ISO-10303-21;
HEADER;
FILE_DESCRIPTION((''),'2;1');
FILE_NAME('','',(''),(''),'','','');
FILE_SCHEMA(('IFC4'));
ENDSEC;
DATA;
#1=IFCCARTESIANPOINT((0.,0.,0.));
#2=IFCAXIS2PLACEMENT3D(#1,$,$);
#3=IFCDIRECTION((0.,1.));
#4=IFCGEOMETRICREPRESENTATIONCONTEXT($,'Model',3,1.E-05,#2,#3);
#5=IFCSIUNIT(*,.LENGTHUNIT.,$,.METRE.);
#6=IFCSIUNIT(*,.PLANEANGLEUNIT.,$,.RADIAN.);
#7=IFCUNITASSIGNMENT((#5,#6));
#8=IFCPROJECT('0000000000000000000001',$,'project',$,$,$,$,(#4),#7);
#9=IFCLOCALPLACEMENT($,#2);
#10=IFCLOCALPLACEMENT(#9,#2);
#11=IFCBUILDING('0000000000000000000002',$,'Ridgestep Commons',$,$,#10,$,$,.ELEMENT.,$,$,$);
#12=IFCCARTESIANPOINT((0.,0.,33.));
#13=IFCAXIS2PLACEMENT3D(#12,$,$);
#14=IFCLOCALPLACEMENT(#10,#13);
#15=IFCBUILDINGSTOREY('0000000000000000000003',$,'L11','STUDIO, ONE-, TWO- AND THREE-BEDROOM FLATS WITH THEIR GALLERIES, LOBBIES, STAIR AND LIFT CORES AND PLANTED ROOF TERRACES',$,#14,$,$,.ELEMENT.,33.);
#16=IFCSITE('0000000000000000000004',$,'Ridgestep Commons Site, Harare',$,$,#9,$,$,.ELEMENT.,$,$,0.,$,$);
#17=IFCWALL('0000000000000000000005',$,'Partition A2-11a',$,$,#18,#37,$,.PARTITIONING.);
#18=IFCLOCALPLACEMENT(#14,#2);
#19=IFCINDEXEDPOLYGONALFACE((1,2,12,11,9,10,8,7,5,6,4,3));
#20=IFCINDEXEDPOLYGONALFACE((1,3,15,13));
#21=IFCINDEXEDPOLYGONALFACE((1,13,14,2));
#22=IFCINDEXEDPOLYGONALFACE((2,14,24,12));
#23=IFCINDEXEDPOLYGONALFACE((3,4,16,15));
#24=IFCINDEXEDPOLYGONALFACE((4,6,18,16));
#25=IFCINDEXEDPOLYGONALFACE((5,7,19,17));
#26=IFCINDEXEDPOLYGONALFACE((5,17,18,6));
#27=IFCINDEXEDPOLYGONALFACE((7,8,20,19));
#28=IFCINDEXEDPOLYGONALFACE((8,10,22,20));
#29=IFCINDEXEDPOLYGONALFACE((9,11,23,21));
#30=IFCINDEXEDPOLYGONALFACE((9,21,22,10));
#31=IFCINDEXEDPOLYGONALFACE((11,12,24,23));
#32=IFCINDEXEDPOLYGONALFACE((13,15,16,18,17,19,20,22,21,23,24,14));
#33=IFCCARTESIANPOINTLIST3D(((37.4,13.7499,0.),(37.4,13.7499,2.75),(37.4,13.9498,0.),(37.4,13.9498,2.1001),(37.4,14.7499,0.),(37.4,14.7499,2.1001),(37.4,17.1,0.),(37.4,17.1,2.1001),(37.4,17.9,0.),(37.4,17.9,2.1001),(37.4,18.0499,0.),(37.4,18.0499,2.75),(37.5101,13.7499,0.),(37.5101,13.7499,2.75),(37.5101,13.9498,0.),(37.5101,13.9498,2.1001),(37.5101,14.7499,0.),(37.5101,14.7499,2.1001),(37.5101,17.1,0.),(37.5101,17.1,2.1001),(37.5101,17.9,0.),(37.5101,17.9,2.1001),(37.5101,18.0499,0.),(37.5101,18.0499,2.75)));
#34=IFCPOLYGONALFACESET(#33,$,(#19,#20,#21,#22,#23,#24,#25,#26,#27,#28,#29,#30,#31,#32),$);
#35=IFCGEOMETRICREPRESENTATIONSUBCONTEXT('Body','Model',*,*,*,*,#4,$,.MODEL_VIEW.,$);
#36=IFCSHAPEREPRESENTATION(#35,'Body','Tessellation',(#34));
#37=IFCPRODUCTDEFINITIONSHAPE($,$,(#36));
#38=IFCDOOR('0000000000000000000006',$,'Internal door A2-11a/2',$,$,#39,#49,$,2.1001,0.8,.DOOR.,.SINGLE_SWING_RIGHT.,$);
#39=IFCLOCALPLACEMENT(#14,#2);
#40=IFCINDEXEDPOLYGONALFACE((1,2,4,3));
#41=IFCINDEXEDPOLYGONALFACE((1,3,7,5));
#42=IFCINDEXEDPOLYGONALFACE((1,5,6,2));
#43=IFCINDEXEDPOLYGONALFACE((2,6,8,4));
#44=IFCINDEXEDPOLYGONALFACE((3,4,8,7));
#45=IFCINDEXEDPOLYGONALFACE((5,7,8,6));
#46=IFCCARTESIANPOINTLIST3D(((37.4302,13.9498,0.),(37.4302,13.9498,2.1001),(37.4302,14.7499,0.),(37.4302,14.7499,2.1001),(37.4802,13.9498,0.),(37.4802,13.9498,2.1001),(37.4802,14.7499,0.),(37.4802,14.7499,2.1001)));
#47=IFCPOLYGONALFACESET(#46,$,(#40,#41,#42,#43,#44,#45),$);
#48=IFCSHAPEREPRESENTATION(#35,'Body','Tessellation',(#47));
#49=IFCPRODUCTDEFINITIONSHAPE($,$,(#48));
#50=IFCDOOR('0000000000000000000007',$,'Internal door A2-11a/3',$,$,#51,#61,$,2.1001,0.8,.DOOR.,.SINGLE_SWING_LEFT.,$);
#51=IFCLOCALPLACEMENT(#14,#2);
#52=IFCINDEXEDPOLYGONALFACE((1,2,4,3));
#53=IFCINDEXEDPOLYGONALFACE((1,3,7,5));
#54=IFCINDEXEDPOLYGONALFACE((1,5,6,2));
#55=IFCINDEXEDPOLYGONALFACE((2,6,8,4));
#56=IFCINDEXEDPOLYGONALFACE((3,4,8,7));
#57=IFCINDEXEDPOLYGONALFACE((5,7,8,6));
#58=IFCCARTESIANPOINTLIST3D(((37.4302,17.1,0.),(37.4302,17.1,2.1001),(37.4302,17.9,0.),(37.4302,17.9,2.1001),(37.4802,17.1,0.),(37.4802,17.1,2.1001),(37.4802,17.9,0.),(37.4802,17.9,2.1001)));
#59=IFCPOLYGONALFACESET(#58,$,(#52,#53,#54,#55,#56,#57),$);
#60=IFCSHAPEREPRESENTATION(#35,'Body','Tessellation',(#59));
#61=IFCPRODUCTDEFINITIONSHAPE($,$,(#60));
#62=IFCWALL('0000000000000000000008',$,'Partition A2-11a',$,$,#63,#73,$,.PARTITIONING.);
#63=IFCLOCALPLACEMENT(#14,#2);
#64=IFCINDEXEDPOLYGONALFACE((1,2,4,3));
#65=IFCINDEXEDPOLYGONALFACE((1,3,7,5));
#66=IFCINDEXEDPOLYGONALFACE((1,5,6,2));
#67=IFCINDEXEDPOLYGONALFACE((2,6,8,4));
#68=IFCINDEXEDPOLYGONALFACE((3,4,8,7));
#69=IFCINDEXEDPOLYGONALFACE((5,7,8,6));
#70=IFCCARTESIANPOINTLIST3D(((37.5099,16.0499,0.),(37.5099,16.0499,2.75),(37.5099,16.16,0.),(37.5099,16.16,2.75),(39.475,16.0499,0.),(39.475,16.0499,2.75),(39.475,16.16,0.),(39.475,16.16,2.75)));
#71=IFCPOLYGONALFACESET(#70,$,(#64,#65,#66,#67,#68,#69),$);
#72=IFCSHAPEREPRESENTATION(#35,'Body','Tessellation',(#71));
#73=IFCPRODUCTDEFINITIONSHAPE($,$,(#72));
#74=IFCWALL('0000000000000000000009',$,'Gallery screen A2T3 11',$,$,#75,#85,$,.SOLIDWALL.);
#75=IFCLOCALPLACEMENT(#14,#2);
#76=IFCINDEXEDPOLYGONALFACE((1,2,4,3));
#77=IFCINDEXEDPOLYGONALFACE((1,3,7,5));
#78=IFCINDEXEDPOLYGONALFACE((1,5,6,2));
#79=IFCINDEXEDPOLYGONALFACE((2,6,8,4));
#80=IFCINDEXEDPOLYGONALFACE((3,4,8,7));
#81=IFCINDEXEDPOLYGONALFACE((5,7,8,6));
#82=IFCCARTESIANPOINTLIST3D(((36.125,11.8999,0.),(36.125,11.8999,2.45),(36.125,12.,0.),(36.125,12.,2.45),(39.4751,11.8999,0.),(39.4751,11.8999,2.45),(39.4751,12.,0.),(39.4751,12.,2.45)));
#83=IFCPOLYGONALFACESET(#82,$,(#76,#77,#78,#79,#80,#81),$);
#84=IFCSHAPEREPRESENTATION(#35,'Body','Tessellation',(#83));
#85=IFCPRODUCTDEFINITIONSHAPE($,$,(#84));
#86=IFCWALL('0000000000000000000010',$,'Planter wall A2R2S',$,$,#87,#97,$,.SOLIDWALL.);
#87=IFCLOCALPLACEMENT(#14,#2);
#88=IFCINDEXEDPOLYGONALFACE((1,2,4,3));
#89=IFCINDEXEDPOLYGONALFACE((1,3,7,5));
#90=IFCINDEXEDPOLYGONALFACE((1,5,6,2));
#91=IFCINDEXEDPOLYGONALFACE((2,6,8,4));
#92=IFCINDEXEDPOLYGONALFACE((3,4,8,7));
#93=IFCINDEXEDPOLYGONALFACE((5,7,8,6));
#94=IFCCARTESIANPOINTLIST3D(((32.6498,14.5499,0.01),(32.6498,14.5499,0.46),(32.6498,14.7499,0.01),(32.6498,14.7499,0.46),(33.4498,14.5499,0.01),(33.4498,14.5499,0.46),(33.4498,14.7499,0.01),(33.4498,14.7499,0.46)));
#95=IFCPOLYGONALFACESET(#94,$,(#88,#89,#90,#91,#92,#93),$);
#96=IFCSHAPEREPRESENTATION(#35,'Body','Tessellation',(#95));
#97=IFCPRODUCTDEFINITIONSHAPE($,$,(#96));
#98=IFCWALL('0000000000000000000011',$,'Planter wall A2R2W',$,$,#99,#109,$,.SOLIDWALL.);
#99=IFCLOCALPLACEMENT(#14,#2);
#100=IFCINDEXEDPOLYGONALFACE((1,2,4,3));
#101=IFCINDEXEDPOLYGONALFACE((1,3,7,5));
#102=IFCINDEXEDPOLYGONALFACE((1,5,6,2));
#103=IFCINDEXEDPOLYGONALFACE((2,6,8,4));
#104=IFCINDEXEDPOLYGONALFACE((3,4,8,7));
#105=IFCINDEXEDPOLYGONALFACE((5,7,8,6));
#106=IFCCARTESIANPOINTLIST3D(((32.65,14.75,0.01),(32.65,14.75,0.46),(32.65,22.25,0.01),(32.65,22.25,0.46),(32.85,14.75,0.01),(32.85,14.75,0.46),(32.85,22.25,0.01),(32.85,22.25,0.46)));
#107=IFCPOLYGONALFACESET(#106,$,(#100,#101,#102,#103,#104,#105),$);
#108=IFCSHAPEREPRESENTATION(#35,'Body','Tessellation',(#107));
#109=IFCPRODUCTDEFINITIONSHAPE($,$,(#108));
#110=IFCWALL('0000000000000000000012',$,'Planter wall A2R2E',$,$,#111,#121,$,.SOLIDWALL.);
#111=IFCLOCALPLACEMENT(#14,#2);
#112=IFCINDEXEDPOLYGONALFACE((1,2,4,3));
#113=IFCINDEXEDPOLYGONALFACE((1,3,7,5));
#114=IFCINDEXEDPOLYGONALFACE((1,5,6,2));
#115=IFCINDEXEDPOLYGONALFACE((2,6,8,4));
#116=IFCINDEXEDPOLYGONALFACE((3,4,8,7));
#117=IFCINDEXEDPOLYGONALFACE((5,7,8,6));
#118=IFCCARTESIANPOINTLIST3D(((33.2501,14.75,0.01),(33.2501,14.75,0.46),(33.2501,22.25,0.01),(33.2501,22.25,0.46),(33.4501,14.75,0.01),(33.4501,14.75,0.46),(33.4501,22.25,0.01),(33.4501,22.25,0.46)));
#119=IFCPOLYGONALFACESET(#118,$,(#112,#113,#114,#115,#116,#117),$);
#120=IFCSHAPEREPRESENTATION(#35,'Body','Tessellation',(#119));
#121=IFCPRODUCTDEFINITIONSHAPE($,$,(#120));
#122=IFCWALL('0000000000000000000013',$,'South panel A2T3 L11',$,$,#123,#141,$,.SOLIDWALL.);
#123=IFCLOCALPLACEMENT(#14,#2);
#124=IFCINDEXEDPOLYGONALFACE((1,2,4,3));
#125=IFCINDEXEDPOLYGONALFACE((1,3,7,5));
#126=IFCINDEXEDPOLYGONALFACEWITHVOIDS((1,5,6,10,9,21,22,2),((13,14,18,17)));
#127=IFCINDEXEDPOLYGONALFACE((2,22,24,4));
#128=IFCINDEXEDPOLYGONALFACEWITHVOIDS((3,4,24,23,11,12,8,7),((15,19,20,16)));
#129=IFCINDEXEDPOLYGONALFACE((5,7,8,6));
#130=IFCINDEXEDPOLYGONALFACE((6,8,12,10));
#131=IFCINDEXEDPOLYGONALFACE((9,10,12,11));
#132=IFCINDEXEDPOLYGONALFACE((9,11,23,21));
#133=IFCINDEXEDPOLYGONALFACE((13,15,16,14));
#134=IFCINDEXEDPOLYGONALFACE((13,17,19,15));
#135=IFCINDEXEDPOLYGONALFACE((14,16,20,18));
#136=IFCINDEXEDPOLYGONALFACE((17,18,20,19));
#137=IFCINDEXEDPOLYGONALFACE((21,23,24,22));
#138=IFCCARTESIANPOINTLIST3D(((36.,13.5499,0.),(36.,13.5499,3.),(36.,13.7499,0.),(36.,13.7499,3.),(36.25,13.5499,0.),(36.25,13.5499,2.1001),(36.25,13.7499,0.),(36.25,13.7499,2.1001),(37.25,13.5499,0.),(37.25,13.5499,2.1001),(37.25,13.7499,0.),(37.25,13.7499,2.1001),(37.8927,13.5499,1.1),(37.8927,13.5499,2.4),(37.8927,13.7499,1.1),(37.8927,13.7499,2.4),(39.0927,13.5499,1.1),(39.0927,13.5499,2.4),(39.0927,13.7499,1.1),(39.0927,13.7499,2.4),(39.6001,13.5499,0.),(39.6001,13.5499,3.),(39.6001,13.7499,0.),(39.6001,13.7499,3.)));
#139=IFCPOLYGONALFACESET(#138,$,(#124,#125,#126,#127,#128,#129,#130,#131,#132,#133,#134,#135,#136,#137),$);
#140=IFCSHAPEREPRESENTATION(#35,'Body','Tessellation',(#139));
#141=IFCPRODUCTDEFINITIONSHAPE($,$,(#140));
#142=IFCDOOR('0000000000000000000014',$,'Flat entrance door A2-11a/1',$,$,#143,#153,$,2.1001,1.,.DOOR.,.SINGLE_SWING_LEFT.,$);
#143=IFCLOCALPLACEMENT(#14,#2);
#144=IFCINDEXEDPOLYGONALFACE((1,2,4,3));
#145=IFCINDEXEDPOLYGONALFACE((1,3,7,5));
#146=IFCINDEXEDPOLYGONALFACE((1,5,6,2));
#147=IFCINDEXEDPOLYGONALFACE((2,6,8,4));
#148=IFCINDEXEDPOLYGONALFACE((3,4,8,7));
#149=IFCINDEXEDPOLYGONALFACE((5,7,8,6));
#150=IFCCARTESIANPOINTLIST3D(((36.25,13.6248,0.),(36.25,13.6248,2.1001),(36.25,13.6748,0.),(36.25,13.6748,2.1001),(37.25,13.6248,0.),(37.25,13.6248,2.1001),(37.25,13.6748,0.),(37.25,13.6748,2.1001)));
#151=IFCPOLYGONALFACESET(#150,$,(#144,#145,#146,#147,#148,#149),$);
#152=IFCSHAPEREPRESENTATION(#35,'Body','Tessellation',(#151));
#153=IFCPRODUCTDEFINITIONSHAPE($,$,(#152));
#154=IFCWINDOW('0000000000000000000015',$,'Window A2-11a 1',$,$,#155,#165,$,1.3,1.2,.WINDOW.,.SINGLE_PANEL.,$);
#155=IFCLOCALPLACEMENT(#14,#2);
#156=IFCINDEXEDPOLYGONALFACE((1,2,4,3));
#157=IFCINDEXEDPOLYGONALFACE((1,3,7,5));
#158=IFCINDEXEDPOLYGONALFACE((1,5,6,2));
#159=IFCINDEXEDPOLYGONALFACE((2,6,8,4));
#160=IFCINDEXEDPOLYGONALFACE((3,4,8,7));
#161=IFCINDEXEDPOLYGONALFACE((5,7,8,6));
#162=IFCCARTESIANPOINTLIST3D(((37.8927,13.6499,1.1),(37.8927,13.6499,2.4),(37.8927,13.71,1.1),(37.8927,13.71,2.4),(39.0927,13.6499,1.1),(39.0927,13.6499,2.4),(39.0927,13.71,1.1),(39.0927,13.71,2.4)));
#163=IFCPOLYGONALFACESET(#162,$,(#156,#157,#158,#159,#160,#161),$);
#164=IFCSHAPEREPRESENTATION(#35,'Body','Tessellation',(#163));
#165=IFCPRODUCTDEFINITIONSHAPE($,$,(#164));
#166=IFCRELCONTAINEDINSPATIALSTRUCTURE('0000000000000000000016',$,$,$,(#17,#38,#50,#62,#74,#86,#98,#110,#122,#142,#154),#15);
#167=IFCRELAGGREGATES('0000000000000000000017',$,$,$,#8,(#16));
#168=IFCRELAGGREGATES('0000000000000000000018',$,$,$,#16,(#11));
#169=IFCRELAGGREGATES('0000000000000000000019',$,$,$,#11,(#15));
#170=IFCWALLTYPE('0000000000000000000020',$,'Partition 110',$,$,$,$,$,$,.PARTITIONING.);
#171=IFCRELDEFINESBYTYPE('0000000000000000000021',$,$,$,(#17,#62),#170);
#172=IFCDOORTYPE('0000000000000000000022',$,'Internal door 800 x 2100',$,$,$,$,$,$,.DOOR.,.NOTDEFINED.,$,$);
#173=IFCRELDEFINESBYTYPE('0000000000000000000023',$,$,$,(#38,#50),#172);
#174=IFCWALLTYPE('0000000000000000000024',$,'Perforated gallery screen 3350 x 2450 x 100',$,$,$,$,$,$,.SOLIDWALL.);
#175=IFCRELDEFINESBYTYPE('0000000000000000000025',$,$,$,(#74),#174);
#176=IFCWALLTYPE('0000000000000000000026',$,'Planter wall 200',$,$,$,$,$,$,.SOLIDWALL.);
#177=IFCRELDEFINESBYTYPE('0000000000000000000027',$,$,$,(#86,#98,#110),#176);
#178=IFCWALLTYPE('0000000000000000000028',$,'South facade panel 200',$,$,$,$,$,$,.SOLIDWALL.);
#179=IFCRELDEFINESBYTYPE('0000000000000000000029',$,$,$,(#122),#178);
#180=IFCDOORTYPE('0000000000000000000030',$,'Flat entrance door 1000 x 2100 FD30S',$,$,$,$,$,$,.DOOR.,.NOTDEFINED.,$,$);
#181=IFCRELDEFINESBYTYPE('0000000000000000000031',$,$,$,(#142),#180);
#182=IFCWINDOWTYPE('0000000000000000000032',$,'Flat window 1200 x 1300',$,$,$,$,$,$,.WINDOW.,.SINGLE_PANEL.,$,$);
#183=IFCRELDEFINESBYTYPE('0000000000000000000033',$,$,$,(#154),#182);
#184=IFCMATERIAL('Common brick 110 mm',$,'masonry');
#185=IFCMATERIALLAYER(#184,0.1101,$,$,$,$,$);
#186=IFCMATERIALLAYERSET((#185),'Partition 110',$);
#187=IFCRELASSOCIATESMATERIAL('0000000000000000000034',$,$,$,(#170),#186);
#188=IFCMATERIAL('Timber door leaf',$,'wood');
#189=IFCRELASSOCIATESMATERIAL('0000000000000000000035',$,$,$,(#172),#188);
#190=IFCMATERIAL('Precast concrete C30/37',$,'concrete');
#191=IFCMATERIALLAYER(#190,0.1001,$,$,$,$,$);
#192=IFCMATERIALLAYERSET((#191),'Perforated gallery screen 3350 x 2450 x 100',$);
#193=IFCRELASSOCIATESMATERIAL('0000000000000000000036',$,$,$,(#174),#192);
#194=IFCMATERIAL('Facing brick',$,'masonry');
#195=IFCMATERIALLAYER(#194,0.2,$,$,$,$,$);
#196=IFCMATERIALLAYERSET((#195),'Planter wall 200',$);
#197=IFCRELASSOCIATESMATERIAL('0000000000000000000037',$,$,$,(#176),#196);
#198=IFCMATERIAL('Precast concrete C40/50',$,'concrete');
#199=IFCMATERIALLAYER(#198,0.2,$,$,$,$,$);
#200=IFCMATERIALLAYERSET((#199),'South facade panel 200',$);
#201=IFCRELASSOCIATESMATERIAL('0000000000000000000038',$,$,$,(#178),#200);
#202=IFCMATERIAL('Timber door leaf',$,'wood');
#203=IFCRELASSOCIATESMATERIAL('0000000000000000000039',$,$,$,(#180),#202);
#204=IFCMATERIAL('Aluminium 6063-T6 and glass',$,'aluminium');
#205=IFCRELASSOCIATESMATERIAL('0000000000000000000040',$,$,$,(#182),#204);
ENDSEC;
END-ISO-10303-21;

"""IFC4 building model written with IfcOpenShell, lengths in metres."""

from ifc_helpers import new_model, si_unit, direction, frame, frame_2d, origin, place, context, subcontext, project, spatial, rectangle, extrude, material, layer, layer_set, type_object, element, fill, save


model = new_model("IFC4")

# Units and contexts
model_context = context("Model", 3, precision=1e-05, world=origin(), true_north=direction((0.0, 1.0)))
body_context = subcontext(model_context, "Body", "Model", "MODEL_VIEW")
ifc_project = project(units=[si_unit("LENGTHUNIT", "METRE"), si_unit("PLANEANGLEUNIT", "RADIAN")], contexts=[model_context])

# Site, building, storey
site_placement = place(None, origin())
site = spatial("IfcSite", under=ifc_project, at=site_placement, Name="Ridgestep Commons Site, Harare", CompositionType="ELEMENT", RefElevation=0.0)
building_placement = place(site_placement, origin())
building = spatial("IfcBuilding", under=site, at=building_placement, Name="Ridgestep Commons", CompositionType="ELEMENT")
storey_placement = place(building_placement, frame((0.0, 0.0, 33.0)))
storey = spatial("IfcBuildingStorey", under=building, at=storey_placement, Name="L11", Description="STUDIO, ONE-, TWO- AND THREE-BEDROOM FLATS WITH THEIR GALLERIES, LOBBIES, STAIR AND LIFT CORES AND PLANTED ROOF TERRACES", CompositionType="ELEMENT", Elevation=33.0)

# Wall, openings, doors
ifc_material_1 = material(Name="Common brick 110 mm", Category="masonry")
ifc_layer_1 = layer(ifc_material_1, 0.1101)
ifc_layer_set_1 = layer_set([ifc_layer_1], Name="Partition 110")
wall_type_1 = type_object("IfcWallType", Name="Partition 110", PredefinedType="PARTITIONING", material=ifc_layer_set_1)
wall_1_placement = place(storey_placement, frame((37.4551, 13.75, 0.0), z_axis=(0.0, 0.0, 1.0), x_axis=(0.0, 1.0, 0.0)))
wall_1 = element("IfcWall", 1, at=wall_1_placement, inside=storey, type_object=wall_type_1, Name="Partition A2-11a", PredefinedType="PARTITIONING", context=body_context, shape_type="SweptSolid", body=[
    extrude(rectangle(XDim=4.3, YDim=0.1101, at=frame_2d((2.1499, 0.0))), origin(), (0.0, 0.0, 1.0), 2.75),
])
opening_1_placement = place(wall_1_placement, frame((0.2, 0.0, 0.0)))
opening_1 = element("IfcOpeningElement", 2, at=opening_1_placement, cuts=wall_1, PredefinedType="OPENING", context=body_context, shape_type="SweptSolid", body=[
    extrude(rectangle(XDim=0.8, YDim=2.1001, at=frame_2d((0.3999, 1.05))), frame((0.0, 0.0649, 0.0), z_axis=(0.0, -1.0, 0.0), x_axis=(1.0, 0.0, 0.0)), (0.0, 0.0, 1.0), 0.1301),
])
opening_2_placement = place(wall_1_placement, frame((3.3501, 0.0, 0.0)))
opening_2 = element("IfcOpeningElement", 3, at=opening_2_placement, cuts=wall_1, PredefinedType="OPENING", context=body_context, shape_type="SweptSolid", body=[
    extrude(rectangle(XDim=0.8, YDim=2.1001, at=frame_2d((0.3999, 1.05))), frame((0.0, 0.0649, 0.0), z_axis=(0.0, -1.0, 0.0), x_axis=(1.0, 0.0, 0.0)), (0.0, 0.0, 1.0), 0.1301),
])
ifc_material_2 = material(Name="Timber door leaf", Category="wood")
door_type_1 = type_object("IfcDoorType", Name="Internal door 800 x 2100", OperationType="NOTDEFINED", PredefinedType="DOOR", material=ifc_material_2)
door_1_placement = place(opening_1_placement, origin())
door_1 = element("IfcDoor", 4, at=door_1_placement, inside=storey, type_object=door_type_1, Name="Internal door A2-11a/2", OperationType="SINGLE_SWING_RIGHT", OverallHeight=2.1001, OverallWidth=0.8, PredefinedType="DOOR", context=body_context, shape_type="SweptSolid", body=[
    extrude(rectangle(XDim=0.8, YDim=2.1001, at=frame_2d((0.3999, 1.05))), frame((0.0, 0.0249, 0.0), z_axis=(0.0, -1.0, 0.0), x_axis=(1.0, 0.0, 0.0)), (0.0, 0.0, 1.0), 0.05),
])
fill(opening_1, door_1)
door_2_placement = place(opening_2_placement, origin())
door_2 = element("IfcDoor", 5, at=door_2_placement, inside=storey, type_object=door_type_1, Name="Internal door A2-11a/3", OperationType="SINGLE_SWING_LEFT", OverallHeight=2.1001, OverallWidth=0.8, PredefinedType="DOOR", context=body_context, shape_type="SweptSolid", body=[
    extrude(rectangle(XDim=0.8, YDim=2.1001, at=frame_2d((0.3999, 1.05))), frame((0.0, 0.0249, 0.0), z_axis=(0.0, -1.0, 0.0), x_axis=(1.0, 0.0, 0.0)), (0.0, 0.0, 1.0), 0.05),
])
fill(opening_2, door_2)

# Walls
wall_2_placement = place(storey_placement, frame((37.51, 16.105, 0.0), z_axis=(0.0, 0.0, 1.0), x_axis=(1.0, 0.0, 0.0)))
element("IfcWall", 6, at=wall_2_placement, inside=storey, type_object=wall_type_1, Name="Partition A2-11a", PredefinedType="PARTITIONING", context=body_context, shape_type="SweptSolid", body=[
    extrude(rectangle(XDim=1.9651, YDim=0.1101, at=frame_2d((0.9824, 0.0))), origin(), (0.0, 0.0, 1.0), 2.75),
])
ifc_material_3 = material(Name="Precast concrete C30/37", Category="concrete")
ifc_layer_2 = layer(ifc_material_3, 0.1001)
ifc_layer_set_2 = layer_set([ifc_layer_2], Name="Perforated gallery screen 3350 x 2450 x 100")
wall_type_2 = type_object("IfcWallType", Name="Perforated gallery screen 3350 x 2450 x 100", PredefinedType="SOLIDWALL", material=ifc_layer_set_2)
wall_3_placement = place(storey_placement, frame((36.125, 11.95, 0.0), z_axis=(0.0, 0.0, 1.0), x_axis=(1.0, 0.0, 0.0)))
element("IfcWall", 7, at=wall_3_placement, inside=storey, type_object=wall_type_2, Name="Gallery screen A2T3 11", PredefinedType="SOLIDWALL", context=body_context, shape_type="SweptSolid", body=[
    extrude(rectangle(XDim=3.3501, YDim=0.1001, at=frame_2d((1.675, 0.0))), origin(), (0.0, 0.0, 1.0), 2.45),
])
ifc_material_4 = material(Name="Facing brick", Category="masonry")
ifc_layer_3 = layer(ifc_material_4, 0.2)
ifc_layer_set_3 = layer_set([ifc_layer_3], Name="Planter wall 200")
wall_type_3 = type_object("IfcWallType", Name="Planter wall 200", PredefinedType="SOLIDWALL", material=ifc_layer_set_3)
wall_4_placement = place(storey_placement, frame((32.6499, 14.6499, 0.01), z_axis=(0.0, 0.0, 1.0), x_axis=(1.0, 0.0, 0.0)))
element("IfcWall", 8, at=wall_4_placement, inside=storey, type_object=wall_type_3, Name="Planter wall A2R2S", PredefinedType="SOLIDWALL", context=body_context, shape_type="SweptSolid", body=[
    extrude(rectangle(XDim=0.8, YDim=0.2, at=frame_2d((0.3999, 0.0))), origin(), (0.0, 0.0, 1.0), 0.45),
])
for number, where, z_axis, x_axis, name in (
    (9, (32.75, 14.75, 0.01), (0.0, 0.0, 1.0), (0.0, 1.0, 0.0), "Planter wall A2R2W"),
    (10, (33.3501, 14.75, 0.01), (0.0, 0.0, 1.0), (0.0, 1.0, 0.0), "Planter wall A2R2E"),
):
    element("IfcWall", number, at=place(storey_placement, frame(where, z_axis=z_axis, x_axis=x_axis)), inside=storey, type_object=wall_type_3, Name=name, PredefinedType="SOLIDWALL", context=body_context, shape_type="SweptSolid", body=[
        extrude(rectangle(XDim=7.5, YDim=0.2, at=frame_2d((3.75, 0.0))), origin(), (0.0, 0.0, 1.0), 0.45),
    ])

# Wall, openings, door, window
ifc_material_5 = material(Name="Precast concrete C40/50", Category="concrete")
ifc_layer_4 = layer(ifc_material_5, 0.2)
ifc_layer_set_4 = layer_set([ifc_layer_4], Name="South facade panel 200")
wall_type_4 = type_object("IfcWallType", Name="South facade panel 200", PredefinedType="SOLIDWALL", material=ifc_layer_set_4)
wall_5_placement = place(storey_placement, frame((36.0, 13.6499, 0.0), z_axis=(0.0, 0.0, 1.0), x_axis=(1.0, 0.0, 0.0)))
wall_5 = element("IfcWall", 11, at=wall_5_placement, inside=storey, type_object=wall_type_4, Name="South panel A2T3 L11", PredefinedType="SOLIDWALL", context=body_context, shape_type="SweptSolid", body=[
    extrude(rectangle(XDim=3.6001, YDim=0.2, at=frame_2d((1.8, 0.0))), origin(), (0.0, 0.0, 1.0), 3.0),
])
opening_3_placement = place(wall_5_placement, frame((1.8926, 0.0, 1.1001)))
opening_3 = element("IfcOpeningElement", 12, at=opening_3_placement, cuts=wall_5, PredefinedType="OPENING", context=body_context, shape_type="SweptSolid", body=[
    extrude(rectangle(XDim=1.2, YDim=1.3, at=frame_2d((0.6001, 0.6499))), frame((0.0, 0.1099, 0.0), z_axis=(0.0, -1.0, 0.0), x_axis=(1.0, 0.0, 0.0)), (0.0, 0.0, 1.0), 0.22),
])
opening_4_placement = place(wall_5_placement, frame((0.25, 0.0, 0.0)))
opening_4 = element("IfcOpeningElement", 13, at=opening_4_placement, cuts=wall_5, PredefinedType="OPENING", context=body_context, shape_type="SweptSolid", body=[
    extrude(rectangle(XDim=1.0, YDim=2.1001, at=frame_2d((0.5, 1.05))), frame((0.0, 0.1099, 0.0), z_axis=(0.0, -1.0, 0.0), x_axis=(1.0, 0.0, 0.0)), (0.0, 0.0, 1.0), 0.22),
])
ifc_material_6 = material(Name="Timber door leaf", Category="wood")
door_type_2 = type_object("IfcDoorType", Name="Flat entrance door 1000 x 2100 FD30S", OperationType="NOTDEFINED", PredefinedType="DOOR", material=ifc_material_6)
door_3_placement = place(opening_4_placement, origin())
door_3 = element("IfcDoor", 14, at=door_3_placement, inside=storey, type_object=door_type_2, Name="Flat entrance door A2-11a/1", OperationType="SINGLE_SWING_LEFT", OverallHeight=2.1001, OverallWidth=1.0, PredefinedType="DOOR", context=body_context, shape_type="SweptSolid", body=[
    extrude(rectangle(XDim=1.0, YDim=2.1001, at=frame_2d((0.5, 1.05))), frame((0.0, 0.0249, 0.0), z_axis=(0.0, -1.0, 0.0), x_axis=(1.0, 0.0, 0.0)), (0.0, 0.0, 1.0), 0.05),
])
fill(opening_4, door_3)
ifc_material_7 = material(Name="Aluminium 6063-T6 and glass", Category="aluminium")
window_type_1 = type_object("IfcWindowType", Name="Flat window 1200 x 1300", PartitioningType="SINGLE_PANEL", PredefinedType="WINDOW", material=ifc_material_7)
window_1_placement = place(opening_3_placement, origin())
window_1 = element("IfcWindow", 15, at=window_1_placement, inside=storey, type_object=window_type_1, Name="Window A2-11a 1", OverallHeight=1.3, OverallWidth=1.2, PartitioningType="SINGLE_PANEL", PredefinedType="WINDOW", context=body_context, shape_type="SweptSolid", body=[
    extrude(rectangle(XDim=1.2, YDim=1.3, at=frame_2d((0.6001, 0.6499))), frame((0.0, 0.0601, 0.0), z_axis=(0.0, -1.0, 0.0), x_axis=(1.0, 0.0, 0.0)), (0.0, 0.0, 1.0), 0.0601),
])
fill(opening_3, window_1)

save(model, "model.ifc")
